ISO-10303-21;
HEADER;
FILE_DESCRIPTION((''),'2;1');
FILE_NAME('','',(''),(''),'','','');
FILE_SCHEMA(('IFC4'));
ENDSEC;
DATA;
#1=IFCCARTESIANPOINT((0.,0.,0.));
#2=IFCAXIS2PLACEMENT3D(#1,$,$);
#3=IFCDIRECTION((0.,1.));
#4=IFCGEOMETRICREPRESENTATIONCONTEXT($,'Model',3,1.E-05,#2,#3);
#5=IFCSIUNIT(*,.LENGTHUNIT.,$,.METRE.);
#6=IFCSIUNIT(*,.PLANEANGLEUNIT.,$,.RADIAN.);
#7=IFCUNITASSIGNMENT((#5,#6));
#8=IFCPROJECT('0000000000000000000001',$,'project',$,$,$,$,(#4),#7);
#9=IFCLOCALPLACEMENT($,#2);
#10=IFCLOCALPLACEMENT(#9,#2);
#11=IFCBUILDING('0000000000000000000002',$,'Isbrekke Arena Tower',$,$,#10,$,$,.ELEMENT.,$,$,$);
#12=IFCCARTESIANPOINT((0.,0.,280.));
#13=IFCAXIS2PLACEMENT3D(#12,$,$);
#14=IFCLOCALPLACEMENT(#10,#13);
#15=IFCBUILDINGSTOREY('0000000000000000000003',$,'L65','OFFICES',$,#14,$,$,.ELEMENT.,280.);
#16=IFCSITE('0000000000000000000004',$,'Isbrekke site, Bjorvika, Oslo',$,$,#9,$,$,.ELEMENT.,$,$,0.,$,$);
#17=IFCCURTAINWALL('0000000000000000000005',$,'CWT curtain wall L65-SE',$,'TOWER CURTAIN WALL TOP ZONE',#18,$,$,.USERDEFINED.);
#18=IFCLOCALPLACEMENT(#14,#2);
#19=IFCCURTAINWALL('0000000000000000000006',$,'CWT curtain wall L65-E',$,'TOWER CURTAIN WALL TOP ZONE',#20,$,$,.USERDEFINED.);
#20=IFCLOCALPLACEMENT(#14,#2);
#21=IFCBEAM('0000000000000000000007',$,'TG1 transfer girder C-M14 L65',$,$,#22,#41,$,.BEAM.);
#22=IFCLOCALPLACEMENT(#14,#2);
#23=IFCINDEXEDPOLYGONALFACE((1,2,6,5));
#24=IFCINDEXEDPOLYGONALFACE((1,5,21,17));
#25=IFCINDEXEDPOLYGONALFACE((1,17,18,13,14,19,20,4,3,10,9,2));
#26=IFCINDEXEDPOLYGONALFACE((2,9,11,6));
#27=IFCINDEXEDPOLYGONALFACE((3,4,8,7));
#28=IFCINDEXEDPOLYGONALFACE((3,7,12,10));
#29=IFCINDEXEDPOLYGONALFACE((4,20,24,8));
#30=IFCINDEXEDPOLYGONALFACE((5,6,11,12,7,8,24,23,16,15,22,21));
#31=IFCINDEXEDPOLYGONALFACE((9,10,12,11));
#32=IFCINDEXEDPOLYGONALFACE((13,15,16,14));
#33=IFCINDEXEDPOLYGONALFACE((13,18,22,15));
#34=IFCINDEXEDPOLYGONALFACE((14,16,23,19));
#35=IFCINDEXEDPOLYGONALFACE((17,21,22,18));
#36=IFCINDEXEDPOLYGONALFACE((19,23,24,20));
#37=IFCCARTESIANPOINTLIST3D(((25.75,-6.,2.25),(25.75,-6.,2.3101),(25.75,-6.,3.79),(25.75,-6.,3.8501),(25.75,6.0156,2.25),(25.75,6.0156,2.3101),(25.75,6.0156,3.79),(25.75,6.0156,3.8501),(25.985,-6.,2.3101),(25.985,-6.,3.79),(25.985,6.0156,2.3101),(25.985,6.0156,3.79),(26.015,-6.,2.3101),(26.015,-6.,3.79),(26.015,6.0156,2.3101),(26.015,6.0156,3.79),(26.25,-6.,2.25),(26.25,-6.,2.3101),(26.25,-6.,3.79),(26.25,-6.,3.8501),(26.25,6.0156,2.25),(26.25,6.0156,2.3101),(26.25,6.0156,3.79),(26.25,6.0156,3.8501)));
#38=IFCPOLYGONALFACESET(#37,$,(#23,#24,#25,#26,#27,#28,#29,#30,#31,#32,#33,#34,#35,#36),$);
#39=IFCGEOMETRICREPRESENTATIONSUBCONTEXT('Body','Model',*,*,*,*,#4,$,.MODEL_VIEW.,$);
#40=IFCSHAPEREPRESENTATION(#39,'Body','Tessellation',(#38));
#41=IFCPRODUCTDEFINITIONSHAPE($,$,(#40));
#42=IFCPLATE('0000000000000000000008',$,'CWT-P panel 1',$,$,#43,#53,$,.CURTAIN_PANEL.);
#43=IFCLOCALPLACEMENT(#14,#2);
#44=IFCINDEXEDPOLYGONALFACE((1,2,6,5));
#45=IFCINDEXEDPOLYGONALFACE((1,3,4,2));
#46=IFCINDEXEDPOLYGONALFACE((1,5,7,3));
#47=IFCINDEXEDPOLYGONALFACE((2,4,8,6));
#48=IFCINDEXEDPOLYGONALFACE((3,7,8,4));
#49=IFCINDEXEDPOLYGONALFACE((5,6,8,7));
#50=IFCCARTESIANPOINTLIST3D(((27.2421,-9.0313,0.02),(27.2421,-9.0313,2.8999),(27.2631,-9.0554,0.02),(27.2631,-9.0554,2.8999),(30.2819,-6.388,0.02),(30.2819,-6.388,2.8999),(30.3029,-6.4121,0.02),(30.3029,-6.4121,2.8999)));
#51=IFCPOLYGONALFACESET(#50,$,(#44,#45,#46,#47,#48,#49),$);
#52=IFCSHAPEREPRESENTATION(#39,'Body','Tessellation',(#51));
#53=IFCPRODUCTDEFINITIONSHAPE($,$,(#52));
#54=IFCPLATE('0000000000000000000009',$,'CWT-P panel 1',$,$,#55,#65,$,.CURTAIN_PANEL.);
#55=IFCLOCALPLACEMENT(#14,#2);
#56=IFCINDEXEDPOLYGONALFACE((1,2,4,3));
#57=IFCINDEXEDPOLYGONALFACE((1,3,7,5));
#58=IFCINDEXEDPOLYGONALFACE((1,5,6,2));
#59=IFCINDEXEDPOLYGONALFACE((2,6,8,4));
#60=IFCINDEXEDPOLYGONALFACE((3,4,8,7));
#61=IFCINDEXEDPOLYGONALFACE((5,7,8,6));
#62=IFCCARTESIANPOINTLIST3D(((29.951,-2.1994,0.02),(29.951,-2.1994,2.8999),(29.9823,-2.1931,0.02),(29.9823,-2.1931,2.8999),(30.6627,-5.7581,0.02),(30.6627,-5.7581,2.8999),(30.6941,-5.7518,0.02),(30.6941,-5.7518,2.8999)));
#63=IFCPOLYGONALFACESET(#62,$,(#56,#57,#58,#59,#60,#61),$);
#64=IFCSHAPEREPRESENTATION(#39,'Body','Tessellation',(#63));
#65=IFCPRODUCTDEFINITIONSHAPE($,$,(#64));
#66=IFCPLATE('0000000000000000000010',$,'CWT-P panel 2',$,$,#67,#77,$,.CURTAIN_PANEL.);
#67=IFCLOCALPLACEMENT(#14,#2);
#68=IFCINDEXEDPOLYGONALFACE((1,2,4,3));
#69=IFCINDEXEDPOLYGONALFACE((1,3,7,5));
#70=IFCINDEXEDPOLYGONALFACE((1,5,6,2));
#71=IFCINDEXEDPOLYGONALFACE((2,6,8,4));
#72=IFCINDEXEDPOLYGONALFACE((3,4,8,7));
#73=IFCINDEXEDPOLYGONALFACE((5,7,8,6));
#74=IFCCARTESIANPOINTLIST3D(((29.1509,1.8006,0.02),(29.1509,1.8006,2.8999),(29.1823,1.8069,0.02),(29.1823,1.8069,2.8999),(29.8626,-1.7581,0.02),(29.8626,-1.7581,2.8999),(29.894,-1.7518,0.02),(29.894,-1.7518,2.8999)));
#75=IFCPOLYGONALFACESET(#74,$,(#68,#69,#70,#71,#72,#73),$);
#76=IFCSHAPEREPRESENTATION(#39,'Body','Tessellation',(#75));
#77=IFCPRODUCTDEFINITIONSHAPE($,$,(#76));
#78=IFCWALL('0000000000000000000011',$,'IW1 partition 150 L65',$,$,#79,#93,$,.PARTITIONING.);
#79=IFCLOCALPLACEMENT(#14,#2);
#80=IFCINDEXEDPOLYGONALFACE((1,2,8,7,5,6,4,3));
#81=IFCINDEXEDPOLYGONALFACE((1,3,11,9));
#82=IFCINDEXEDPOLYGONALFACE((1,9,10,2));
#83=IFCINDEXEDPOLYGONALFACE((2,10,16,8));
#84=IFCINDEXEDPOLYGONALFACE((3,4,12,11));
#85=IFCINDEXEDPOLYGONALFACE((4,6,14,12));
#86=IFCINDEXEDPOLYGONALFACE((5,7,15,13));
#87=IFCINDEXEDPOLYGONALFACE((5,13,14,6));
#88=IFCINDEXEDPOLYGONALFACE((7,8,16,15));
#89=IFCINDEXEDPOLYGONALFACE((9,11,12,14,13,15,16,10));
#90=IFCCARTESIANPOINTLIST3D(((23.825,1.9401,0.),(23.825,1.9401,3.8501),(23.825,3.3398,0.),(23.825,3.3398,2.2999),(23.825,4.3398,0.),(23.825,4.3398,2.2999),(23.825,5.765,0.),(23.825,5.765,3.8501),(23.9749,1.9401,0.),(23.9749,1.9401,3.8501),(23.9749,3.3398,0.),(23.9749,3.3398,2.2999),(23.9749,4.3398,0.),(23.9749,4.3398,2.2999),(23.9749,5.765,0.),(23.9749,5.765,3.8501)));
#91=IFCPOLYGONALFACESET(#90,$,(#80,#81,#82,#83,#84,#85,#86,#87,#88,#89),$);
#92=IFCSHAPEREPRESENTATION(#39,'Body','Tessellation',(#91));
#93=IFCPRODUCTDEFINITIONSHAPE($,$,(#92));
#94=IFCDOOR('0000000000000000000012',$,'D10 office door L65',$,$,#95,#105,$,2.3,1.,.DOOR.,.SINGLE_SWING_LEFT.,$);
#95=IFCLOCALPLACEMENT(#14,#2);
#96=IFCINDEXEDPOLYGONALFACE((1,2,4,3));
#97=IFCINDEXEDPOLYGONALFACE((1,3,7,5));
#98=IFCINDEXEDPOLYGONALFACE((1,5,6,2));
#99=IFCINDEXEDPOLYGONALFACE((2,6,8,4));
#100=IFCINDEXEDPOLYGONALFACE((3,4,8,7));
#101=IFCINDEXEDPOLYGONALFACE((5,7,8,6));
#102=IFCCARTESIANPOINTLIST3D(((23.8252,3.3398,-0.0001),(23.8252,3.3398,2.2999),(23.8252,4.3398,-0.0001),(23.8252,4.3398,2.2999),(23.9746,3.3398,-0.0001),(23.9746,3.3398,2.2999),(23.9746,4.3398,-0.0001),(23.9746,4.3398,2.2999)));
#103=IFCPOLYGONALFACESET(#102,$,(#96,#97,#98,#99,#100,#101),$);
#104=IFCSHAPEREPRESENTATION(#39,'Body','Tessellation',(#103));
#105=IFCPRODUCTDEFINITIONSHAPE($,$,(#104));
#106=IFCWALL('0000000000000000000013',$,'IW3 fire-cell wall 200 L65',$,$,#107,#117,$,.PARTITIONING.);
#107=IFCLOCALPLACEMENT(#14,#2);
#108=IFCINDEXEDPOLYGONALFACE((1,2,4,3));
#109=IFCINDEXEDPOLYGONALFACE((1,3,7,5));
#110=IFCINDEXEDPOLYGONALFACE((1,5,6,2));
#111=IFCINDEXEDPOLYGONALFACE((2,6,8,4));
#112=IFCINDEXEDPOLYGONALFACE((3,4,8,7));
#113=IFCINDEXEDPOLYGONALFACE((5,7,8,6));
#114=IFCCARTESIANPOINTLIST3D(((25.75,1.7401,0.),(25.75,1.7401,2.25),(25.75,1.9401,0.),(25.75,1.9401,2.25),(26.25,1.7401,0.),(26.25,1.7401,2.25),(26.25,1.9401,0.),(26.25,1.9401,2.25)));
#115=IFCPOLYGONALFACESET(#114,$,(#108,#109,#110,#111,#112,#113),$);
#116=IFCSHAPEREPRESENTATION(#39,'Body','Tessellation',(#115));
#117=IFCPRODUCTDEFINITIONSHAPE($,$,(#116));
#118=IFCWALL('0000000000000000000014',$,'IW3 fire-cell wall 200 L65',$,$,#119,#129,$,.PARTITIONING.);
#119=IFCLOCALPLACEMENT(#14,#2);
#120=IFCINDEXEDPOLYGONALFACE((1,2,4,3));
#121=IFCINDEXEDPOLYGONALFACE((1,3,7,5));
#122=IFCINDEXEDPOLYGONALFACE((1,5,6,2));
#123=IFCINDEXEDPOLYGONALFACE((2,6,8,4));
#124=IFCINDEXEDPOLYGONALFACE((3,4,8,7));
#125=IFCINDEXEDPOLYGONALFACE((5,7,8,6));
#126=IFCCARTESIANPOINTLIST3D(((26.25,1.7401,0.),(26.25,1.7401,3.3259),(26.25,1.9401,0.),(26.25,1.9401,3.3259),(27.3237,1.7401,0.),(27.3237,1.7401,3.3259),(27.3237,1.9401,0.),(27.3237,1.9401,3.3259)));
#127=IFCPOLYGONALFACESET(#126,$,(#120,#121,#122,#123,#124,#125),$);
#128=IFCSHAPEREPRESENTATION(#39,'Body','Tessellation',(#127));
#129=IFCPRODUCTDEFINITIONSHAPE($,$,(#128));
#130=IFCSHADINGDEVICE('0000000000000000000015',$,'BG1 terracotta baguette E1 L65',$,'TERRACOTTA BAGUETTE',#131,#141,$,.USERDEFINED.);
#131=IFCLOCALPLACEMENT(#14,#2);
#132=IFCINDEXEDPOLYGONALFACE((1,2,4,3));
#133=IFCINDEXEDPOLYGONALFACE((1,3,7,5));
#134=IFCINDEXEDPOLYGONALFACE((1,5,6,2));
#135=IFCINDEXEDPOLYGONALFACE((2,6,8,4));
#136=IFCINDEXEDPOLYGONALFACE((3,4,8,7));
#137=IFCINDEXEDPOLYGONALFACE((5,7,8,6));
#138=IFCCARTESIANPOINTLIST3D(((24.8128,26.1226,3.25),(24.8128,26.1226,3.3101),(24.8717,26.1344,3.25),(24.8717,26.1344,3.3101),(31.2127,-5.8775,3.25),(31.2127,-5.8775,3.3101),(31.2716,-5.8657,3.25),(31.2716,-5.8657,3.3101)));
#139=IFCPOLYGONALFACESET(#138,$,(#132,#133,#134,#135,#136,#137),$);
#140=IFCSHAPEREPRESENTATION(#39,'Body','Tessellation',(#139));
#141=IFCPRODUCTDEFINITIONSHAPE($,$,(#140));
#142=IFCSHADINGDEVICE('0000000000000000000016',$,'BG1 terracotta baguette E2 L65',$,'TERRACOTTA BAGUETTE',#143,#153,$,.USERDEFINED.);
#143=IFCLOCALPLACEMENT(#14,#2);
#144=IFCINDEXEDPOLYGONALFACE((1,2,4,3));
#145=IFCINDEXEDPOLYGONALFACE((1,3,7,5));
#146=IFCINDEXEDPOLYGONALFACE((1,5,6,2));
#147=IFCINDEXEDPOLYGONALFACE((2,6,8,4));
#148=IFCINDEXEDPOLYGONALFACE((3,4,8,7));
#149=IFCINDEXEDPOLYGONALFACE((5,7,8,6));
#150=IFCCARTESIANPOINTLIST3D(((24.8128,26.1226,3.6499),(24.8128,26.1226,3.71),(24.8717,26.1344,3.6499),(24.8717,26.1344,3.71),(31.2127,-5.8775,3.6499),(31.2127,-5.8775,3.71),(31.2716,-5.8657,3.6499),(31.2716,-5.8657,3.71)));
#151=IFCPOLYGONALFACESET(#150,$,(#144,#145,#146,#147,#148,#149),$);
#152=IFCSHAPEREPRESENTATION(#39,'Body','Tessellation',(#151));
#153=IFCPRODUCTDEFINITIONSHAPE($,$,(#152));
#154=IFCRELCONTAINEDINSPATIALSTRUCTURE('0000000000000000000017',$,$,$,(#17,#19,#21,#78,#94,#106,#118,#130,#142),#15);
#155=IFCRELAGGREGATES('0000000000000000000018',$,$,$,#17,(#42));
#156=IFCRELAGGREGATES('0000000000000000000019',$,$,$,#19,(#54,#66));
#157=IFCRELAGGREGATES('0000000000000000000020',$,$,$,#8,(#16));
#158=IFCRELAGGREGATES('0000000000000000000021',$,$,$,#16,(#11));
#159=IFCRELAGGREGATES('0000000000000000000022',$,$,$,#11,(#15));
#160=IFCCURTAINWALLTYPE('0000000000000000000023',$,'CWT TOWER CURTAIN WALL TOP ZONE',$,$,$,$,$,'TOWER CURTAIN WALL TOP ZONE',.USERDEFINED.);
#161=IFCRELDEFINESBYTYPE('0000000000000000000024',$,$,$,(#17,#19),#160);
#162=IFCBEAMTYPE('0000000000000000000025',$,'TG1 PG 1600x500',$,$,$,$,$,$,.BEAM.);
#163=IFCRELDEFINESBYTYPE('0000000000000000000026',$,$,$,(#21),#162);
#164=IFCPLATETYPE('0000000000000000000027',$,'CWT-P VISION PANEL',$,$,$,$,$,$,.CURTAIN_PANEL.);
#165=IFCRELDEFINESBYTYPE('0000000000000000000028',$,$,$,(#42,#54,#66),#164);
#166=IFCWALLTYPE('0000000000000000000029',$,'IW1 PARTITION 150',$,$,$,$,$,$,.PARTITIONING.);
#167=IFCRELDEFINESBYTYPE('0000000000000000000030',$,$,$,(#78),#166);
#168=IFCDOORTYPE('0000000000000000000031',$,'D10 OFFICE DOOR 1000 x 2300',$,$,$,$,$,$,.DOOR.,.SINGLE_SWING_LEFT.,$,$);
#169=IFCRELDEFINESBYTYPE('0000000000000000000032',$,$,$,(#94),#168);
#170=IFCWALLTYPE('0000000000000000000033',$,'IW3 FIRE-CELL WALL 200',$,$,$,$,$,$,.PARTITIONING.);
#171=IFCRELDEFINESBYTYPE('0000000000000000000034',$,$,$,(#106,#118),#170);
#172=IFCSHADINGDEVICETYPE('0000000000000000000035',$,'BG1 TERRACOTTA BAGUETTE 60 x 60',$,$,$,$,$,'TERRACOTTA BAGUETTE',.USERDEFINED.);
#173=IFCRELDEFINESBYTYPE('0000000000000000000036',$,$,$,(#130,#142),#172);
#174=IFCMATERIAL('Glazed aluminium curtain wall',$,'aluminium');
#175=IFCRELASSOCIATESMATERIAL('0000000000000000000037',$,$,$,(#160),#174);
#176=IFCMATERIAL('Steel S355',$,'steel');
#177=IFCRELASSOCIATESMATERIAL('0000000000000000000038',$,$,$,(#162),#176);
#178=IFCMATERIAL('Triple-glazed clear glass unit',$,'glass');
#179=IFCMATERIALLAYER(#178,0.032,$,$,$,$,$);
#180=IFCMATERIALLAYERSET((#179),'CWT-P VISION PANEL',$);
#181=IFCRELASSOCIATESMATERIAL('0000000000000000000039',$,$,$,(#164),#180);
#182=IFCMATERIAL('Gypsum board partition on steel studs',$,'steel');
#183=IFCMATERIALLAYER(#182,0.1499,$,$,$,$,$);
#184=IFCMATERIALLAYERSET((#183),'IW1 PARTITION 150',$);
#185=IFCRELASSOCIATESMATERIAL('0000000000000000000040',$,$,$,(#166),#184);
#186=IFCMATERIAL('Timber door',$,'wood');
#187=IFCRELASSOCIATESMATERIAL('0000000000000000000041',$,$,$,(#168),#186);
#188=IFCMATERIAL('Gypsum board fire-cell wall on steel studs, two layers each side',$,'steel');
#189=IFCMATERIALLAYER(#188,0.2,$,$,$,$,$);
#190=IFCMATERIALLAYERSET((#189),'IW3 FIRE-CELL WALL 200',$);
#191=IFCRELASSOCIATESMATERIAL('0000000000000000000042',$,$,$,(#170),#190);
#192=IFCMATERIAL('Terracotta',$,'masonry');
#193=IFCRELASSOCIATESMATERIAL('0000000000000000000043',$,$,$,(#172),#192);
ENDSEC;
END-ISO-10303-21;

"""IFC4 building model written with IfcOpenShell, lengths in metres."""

from ifc_helpers import new_model, si_unit, direction, frame, frame_2d, origin, origin_2d, place, context, subcontext, project, spatial, rectangle, i_section, extrude, material, layer, layer_set, material_profile, profile_set, type_object, element, fill, aggregate, save


model = new_model("IFC4")

# Units and contexts
model_context = context("Model", 3, precision=1e-05, world=origin(), true_north=direction((0.0, 1.0)))
body_context = subcontext(model_context, "Body", "Model", "MODEL_VIEW")
ifc_project = project(units=[si_unit("LENGTHUNIT", "METRE"), si_unit("PLANEANGLEUNIT", "RADIAN")], contexts=[model_context])

# Site, building, storey
site_placement = place(None, origin())
site = spatial("IfcSite", under=ifc_project, at=site_placement, Name="Isbrekke site, Bjorvika, Oslo", CompositionType="ELEMENT", RefElevation=0.0)
building_placement = place(site_placement, origin())
building = spatial("IfcBuilding", under=site, at=building_placement, Name="Isbrekke Arena Tower", CompositionType="ELEMENT")
storey_placement = place(building_placement, frame((0.0, 0.0, 280.0)))
storey = spatial("IfcBuildingStorey", under=building, at=storey_placement, Name="L65", Description="OFFICES", CompositionType="ELEMENT", Elevation=280.0)

# Curtain walls
ifc_material_1 = material(Name="Glazed aluminium curtain wall", Category="aluminium")
curtain_wall_type = type_object("IfcCurtainWallType", Name="CWT TOWER CURTAIN WALL TOP ZONE", ElementType="TOWER CURTAIN WALL TOP ZONE", PredefinedType="USERDEFINED", material=ifc_material_1)
curtain_wall_1_placement = place(storey_placement, origin())
curtain_wall_1 = element("IfcCurtainWall", 1, at=curtain_wall_1_placement, inside=storey, type_object=curtain_wall_type, Name="CWT curtain wall L65-SE", ObjectType="TOWER CURTAIN WALL TOP ZONE", PredefinedType="USERDEFINED")
curtain_wall_2_placement = place(storey_placement, origin())
curtain_wall_2 = element("IfcCurtainWall", 2, at=curtain_wall_2_placement, inside=storey, type_object=curtain_wall_type, Name="CWT curtain wall L65-E", ObjectType="TOWER CURTAIN WALL TOP ZONE", PredefinedType="USERDEFINED")

# Beam
ifc_material_2 = material(Name="Steel S355", Category="steel")
ifc_material_profile_1 = material_profile(ifc_material_2, i_section(OverallWidth=0.5, OverallDepth=1.6001, WebThickness=0.03, FlangeThickness=0.0601, at=origin_2d()), Name="PG 1600x500")
ifc_profile_set_1 = profile_set([ifc_material_profile_1], Name="Steel S355")
beam_type_1 = type_object("IfcBeamType", Name="TG1 PG 1600x500", PredefinedType="BEAM", material=ifc_profile_set_1)
beam_1_placement = place(storey_placement, frame((26.0, -6.0, 3.05), z_axis=(0.0, 1.0, 0.0), x_axis=(-1.0, 0.0, 0.0)))
element("IfcBeam", 3, at=beam_1_placement, inside=storey, type_object=beam_type_1, Name="TG1 transfer girder C-M14 L65", PredefinedType="BEAM", context=body_context, shape_type="SweptSolid", body=[
    extrude(i_section(OverallWidth=0.5, OverallDepth=1.6001, WebThickness=0.03, FlangeThickness=0.0601, at=origin_2d()), origin(), (0.0, 0.0, 1.0), 12.0156),
])

# Plates
ifc_material_3 = material(Name="Triple-glazed clear glass unit", Category="glass")
ifc_layer_1 = layer(ifc_material_3, 0.032)
ifc_layer_set_1 = layer_set([ifc_layer_1], Name="CWT-P VISION PANEL")
plate_type = type_object("IfcPlateType", Name="CWT-P VISION PANEL", PredefinedType="CURTAIN_PANEL", material=ifc_layer_set_1)
plate_1_placement = place(storey_placement, frame((28.7725, -7.7217, 0.02), z_axis=(0.0, 0.0, 1.0), x_axis=(0.754606, 0.656179, 0.0)))
plate_1 = element("IfcPlate", 4, at=plate_1_placement, type_object=plate_type, Name="CWT-P panel 1", PredefinedType="CURTAIN_PANEL", context=body_context, shape_type="SweptSolid", body=[
    extrude(rectangle(XDim=4.0283, YDim=0.032, at=origin_2d()), origin(), (0.0, 0.0, 1.0), 2.8799),
])
aggregate(curtain_wall_1, [plate_1])
plate_2_placement = place(storey_placement, frame((30.3225, -3.9756, 0.02), z_axis=(0.0, 0.0, 1.0), x_axis=(-0.196116, 0.980581, 0.0)))
plate_2 = element("IfcPlate", 5, at=plate_2_placement, type_object=plate_type, Name="CWT-P panel 1", PredefinedType="CURTAIN_PANEL", context=body_context, shape_type="SweptSolid", body=[
    extrude(rectangle(XDim=3.6292, YDim=0.032, at=origin_2d()), origin(), (0.0, 0.0, 1.0), 2.8799),
])
plate_3_placement = place(storey_placement, frame((29.5225, 0.0244, 0.02), z_axis=(0.0, 0.0, 1.0), x_axis=(-0.196116, 0.980581, 0.0)))
plate_3 = element("IfcPlate", 6, at=plate_3_placement, type_object=plate_type, Name="CWT-P panel 2", PredefinedType="CURTAIN_PANEL", context=body_context, shape_type="SweptSolid", body=[
    extrude(rectangle(XDim=3.6292, YDim=0.032, at=origin_2d()), origin(), (0.0, 0.0, 1.0), 2.8799),
])
aggregate(curtain_wall_2, [plate_2, plate_3])

# Wall, opening, door
ifc_material_4 = material(Name="Gypsum board partition on steel studs", Category="steel")
ifc_layer_2 = layer(ifc_material_4, 0.1499)
ifc_layer_set_2 = layer_set([ifc_layer_2], Name="IW1 PARTITION 150")
wall_type_1 = type_object("IfcWallType", Name="IW1 PARTITION 150", PredefinedType="PARTITIONING", material=ifc_layer_set_2)
wall_1_placement = place(storey_placement, frame((23.8999, 1.9399, 0.0), z_axis=(0.0, 0.0, 1.0), x_axis=(0.0, 1.0, 0.0)))
wall_1 = element("IfcWall", 7, at=wall_1_placement, inside=storey, type_object=wall_type_1, Name="IW1 partition 150 L65", PredefinedType="PARTITIONING", context=body_context, shape_type="SweptSolid", body=[
    extrude(rectangle(XDim=3.825, YDim=0.1499, at=frame_2d((1.9126, 0.0))), origin(), (0.0, 0.0, 1.0), 3.8501),
])
opening_placement = place(wall_1_placement, frame((1.3999, 0.0, 0.0)))
opening = element("IfcOpeningElement", 8, at=opening_placement, cuts=wall_1, PredefinedType="OPENING", context=body_context, shape_type="SweptSolid", body=[
    extrude(rectangle(XDim=1.0, YDim=2.3, at=frame_2d((0.5, 1.1499))), frame((0.0, 0.0898, 0.0), z_axis=(0.0, -1.0, 0.0), x_axis=(1.0, 0.0, 0.0)), (0.0, 0.0, 1.0), 0.1797),
])
ifc_material_5 = material(Name="Timber door", Category="wood")
door_type = type_object("IfcDoorType", Name="D10 OFFICE DOOR 1000 x 2300", OperationType="SINGLE_SWING_LEFT", PredefinedType="DOOR", material=ifc_material_5)
door_placement = place(opening_placement, origin())
door = element("IfcDoor", 9, at=door_placement, inside=storey, type_object=door_type, Name="D10 office door L65", OperationType="SINGLE_SWING_LEFT", OverallHeight=2.3, OverallWidth=1.0, PredefinedType="DOOR", context=body_context, shape_type="SweptSolid", body=[
    extrude(rectangle(XDim=1.0, YDim=2.3, at=frame_2d((0.5, 1.1499))), frame((0.0, 0.0747, 0.0), z_axis=(0.0, -1.0, 0.0), x_axis=(1.0, 0.0, 0.0)), (0.0, 0.0, 1.0), 0.1494),
])
fill(opening, door)

# Walls
ifc_material_6 = material(Name="Gypsum board fire-cell wall on steel studs, two layers each side", Category="steel")
ifc_layer_3 = layer(ifc_material_6, 0.2)
ifc_layer_set_3 = layer_set([ifc_layer_3], Name="IW3 FIRE-CELL WALL 200")
wall_type_2 = type_object("IfcWallType", Name="IW3 FIRE-CELL WALL 200", PredefinedType="PARTITIONING", material=ifc_layer_set_3)
wall_2_placement = place(storey_placement, frame((25.75, 1.8401, 0.0), z_axis=(0.0, 0.0, 1.0), x_axis=(1.0, 0.0, 0.0)))
element("IfcWall", 10, at=wall_2_placement, inside=storey, type_object=wall_type_2, Name="IW3 fire-cell wall 200 L65", PredefinedType="PARTITIONING", context=body_context, shape_type="SweptSolid", body=[
    extrude(rectangle(XDim=0.5, YDim=0.2, at=frame_2d((0.25, 0.0))), origin(), (0.0, 0.0, 1.0), 2.25),
])
wall_3_placement = place(storey_placement, frame((26.25, 1.8401, 0.0), z_axis=(0.0, 0.0, 1.0), x_axis=(1.0, 0.0, 0.0)))
element("IfcWall", 11, at=wall_3_placement, inside=storey, type_object=wall_type_2, Name="IW3 fire-cell wall 200 L65", PredefinedType="PARTITIONING", context=body_context, shape_type="SweptSolid", body=[
    extrude(rectangle(XDim=1.0737, YDim=0.2, at=frame_2d((0.5369, 0.0))), origin(), (0.0, 0.0, 1.0), 3.3259),
])

# Shading devices
ifc_material_7 = material(Name="Terracotta", Category="masonry")
ifc_material_profile_2 = material_profile(ifc_material_7, rectangle(XDim=0.0601, YDim=0.0601, at=origin_2d()), Name="BAGUETTE 60X60")
ifc_profile_set_2 = profile_set([ifc_material_profile_2], Name="Terracotta")
shading_device_type = type_object("IfcShadingDeviceType", Name="BG1 TERRACOTTA BAGUETTE 60 x 60", ElementType="TERRACOTTA BAGUETTE", PredefinedType="USERDEFINED", material=ifc_profile_set_2)
for number, where, z_axis, x_axis, name in (
    (12, (31.2422, -5.8716, 3.28), (-0.196113, 0.980581, 0.0), (-0.980581, -0.196113, 0.0), "BG1 terracotta baguette E1 L65"),
    (13, (31.2422, -5.8716, 3.6799), (-0.196113, 0.980581, 0.0), (-0.980581, -0.196113, 0.0), "BG1 terracotta baguette E2 L65"),
):
    element("IfcShadingDevice", number, at=place(storey_placement, frame(where, z_axis=z_axis, x_axis=x_axis)), inside=storey, type_object=shading_device_type, Name=name, ObjectType="TERRACOTTA BAGUETTE", PredefinedType="USERDEFINED", context=body_context, shape_type="SweptSolid", body=[
        extrude(rectangle(XDim=0.0601, YDim=0.0601, at=origin_2d()), origin(), (0.0, 0.0, 1.0), 32.6338),
    ])

save(model, "model.ifc")
